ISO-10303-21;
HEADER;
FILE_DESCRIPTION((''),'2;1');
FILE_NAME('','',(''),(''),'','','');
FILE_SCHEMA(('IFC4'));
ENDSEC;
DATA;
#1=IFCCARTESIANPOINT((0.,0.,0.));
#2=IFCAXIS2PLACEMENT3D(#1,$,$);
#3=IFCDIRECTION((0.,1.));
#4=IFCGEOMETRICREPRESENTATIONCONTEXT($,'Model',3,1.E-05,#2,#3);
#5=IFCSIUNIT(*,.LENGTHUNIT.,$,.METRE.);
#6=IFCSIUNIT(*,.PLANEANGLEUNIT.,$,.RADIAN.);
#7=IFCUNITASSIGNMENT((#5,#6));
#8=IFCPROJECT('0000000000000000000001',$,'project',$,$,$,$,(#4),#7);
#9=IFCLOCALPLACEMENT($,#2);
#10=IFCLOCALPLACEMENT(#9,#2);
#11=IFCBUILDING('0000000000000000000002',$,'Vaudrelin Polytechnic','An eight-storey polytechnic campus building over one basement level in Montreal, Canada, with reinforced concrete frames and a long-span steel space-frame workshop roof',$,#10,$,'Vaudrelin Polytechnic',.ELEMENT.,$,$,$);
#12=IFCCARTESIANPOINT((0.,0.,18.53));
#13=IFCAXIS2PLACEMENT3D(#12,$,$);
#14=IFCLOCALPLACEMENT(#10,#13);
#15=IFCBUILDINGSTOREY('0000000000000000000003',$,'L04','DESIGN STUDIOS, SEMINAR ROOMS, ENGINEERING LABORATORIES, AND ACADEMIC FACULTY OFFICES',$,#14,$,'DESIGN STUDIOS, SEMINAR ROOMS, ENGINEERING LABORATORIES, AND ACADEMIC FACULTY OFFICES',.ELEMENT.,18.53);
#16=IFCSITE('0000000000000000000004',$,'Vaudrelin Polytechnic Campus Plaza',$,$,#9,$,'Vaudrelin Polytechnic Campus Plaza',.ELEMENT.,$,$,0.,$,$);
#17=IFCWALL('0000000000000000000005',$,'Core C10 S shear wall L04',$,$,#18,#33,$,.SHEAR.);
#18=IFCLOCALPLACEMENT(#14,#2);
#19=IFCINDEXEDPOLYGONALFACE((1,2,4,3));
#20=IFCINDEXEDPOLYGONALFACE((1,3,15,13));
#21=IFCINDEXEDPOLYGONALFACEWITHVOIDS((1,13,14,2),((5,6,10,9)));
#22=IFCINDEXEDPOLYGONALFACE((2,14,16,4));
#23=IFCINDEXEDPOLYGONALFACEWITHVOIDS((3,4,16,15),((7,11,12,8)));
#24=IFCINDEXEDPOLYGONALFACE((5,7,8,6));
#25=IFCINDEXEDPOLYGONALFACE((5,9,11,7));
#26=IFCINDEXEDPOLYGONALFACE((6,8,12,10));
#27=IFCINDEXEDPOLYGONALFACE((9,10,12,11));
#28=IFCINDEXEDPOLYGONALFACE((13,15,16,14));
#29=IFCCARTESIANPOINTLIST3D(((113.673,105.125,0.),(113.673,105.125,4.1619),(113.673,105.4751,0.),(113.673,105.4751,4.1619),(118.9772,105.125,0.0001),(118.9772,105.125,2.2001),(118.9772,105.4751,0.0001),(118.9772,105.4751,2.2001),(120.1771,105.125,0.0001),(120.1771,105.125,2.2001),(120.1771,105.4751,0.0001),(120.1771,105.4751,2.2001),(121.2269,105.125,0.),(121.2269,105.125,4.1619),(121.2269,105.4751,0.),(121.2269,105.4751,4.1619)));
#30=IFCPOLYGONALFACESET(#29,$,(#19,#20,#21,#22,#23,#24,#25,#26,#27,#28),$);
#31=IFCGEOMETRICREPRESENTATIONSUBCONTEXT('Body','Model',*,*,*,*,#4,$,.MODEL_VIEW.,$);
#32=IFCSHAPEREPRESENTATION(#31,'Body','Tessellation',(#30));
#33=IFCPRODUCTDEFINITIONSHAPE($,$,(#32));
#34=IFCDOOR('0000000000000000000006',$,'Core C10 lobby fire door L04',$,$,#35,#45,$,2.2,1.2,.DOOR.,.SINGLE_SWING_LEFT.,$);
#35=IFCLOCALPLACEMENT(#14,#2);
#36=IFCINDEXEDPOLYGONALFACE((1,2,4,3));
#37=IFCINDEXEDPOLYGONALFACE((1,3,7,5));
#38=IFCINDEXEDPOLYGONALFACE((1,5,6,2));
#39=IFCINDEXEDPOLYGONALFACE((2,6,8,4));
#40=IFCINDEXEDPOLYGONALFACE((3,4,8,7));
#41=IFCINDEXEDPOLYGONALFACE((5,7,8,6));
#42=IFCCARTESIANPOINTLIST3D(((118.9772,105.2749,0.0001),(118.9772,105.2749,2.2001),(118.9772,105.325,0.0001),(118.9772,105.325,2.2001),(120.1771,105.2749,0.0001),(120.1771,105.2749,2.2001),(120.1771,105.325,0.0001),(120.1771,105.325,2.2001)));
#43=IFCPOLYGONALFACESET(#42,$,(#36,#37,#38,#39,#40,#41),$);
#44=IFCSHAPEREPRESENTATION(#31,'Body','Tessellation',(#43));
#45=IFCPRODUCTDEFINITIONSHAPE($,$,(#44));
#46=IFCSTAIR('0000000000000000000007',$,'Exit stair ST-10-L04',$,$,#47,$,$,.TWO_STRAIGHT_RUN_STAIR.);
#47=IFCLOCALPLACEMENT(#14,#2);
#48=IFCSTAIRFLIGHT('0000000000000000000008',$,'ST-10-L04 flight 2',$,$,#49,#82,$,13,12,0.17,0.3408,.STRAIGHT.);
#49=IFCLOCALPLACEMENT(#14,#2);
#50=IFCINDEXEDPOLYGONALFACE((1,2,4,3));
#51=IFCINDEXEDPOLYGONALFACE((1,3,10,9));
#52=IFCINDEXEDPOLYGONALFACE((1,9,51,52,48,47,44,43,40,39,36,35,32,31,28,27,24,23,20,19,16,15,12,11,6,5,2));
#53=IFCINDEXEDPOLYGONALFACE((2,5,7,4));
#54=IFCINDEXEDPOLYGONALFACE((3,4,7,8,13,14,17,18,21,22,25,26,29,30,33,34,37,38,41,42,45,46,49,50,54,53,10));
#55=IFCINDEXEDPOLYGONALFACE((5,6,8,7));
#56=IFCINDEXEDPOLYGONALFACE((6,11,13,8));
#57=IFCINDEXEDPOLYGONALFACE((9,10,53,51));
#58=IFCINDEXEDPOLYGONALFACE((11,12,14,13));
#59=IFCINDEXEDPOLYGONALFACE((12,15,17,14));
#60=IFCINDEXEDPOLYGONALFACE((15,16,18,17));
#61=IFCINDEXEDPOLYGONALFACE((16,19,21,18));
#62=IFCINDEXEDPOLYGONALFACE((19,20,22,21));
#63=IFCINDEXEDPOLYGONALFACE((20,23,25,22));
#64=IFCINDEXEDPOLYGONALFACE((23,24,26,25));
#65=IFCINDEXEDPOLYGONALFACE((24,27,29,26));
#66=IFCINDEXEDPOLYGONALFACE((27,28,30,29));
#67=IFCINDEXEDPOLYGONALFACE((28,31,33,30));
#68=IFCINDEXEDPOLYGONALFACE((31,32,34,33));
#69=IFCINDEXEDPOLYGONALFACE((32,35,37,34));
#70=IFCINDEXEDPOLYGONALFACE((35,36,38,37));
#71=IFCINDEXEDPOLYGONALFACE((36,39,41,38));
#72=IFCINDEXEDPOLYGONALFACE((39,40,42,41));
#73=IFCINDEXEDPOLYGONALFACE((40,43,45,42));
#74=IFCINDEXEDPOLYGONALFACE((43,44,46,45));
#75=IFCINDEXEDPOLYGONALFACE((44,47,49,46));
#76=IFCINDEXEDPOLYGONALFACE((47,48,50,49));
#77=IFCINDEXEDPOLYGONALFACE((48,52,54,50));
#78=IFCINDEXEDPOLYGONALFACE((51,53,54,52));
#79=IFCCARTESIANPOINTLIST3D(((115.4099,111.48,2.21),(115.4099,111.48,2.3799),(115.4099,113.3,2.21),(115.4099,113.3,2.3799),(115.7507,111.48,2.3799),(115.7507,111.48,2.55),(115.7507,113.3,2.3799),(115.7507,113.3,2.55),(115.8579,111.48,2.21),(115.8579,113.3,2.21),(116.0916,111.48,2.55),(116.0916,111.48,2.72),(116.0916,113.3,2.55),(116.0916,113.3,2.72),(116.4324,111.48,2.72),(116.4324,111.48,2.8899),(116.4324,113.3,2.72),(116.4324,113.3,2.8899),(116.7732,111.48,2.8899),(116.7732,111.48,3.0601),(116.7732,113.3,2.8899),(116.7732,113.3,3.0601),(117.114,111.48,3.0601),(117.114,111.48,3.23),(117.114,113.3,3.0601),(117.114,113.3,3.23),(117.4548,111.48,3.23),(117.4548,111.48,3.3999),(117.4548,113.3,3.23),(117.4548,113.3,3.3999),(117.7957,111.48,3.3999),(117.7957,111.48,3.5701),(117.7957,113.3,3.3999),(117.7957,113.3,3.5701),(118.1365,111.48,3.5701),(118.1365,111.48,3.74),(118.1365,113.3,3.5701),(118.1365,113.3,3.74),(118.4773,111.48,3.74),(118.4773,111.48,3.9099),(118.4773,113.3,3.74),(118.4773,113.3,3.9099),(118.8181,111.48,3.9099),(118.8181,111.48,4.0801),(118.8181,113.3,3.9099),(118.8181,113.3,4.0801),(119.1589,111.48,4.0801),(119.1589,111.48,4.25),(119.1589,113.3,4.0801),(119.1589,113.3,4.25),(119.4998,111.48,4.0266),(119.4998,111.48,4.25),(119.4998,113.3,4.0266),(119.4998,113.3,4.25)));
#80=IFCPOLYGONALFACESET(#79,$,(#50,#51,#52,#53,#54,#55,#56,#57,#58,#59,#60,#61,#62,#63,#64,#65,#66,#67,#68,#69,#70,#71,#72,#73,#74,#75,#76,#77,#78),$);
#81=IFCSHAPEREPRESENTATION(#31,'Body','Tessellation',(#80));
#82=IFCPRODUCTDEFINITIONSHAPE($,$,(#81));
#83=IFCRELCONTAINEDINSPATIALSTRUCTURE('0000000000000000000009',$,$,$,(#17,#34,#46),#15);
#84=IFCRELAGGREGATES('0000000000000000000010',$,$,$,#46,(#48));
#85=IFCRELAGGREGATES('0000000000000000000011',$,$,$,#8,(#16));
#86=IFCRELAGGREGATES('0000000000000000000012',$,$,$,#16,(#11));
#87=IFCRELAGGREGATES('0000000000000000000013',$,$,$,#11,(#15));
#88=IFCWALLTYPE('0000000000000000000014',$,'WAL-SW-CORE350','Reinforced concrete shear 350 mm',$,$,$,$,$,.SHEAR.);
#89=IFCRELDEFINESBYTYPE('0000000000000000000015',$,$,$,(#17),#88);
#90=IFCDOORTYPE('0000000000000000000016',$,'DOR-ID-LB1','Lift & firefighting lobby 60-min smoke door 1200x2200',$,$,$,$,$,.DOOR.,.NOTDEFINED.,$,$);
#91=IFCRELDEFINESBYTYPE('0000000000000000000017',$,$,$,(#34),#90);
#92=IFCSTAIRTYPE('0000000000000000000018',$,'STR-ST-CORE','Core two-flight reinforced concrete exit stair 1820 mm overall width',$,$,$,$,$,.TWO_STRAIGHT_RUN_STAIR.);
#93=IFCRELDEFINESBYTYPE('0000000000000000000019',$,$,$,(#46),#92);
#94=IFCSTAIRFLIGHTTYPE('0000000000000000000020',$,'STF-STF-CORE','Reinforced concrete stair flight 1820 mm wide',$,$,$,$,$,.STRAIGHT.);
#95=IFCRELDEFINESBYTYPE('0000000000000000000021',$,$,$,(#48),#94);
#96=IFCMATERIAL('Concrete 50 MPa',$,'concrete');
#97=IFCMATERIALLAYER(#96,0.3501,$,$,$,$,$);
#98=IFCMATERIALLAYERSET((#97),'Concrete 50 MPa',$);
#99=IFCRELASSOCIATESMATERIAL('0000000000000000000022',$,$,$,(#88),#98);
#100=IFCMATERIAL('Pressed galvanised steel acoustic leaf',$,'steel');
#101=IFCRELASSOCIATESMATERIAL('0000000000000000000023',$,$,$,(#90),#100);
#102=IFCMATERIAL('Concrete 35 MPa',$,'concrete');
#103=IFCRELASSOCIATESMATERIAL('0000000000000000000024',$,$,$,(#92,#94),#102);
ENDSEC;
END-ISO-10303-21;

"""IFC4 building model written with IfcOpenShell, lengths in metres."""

from ifc_helpers import new_model, si_unit, direction, frame, frame_2d, origin, place, context, subcontext, project, spatial, polyline, rectangle, outline, extrude, material, layer, layer_set, type_object, element, fill, aggregate, save


model = new_model("IFC4")

# Units and contexts
model_context = context("Model", 3, precision=1e-05, world=origin(), true_north=direction((0.0, 1.0)))
body_context = subcontext(model_context, "Body", "Model", "MODEL_VIEW")
ifc_project = project(units=[si_unit("LENGTHUNIT", "METRE"), si_unit("PLANEANGLEUNIT", "RADIAN")], contexts=[model_context])

# Site, building, storey
site_placement = place(None, origin())
site = spatial("IfcSite", under=ifc_project, at=site_placement, Name="Vaudrelin Polytechnic Campus Plaza", LongName="Vaudrelin Polytechnic Campus Plaza", CompositionType="ELEMENT", RefElevation=0.0)
building_placement = place(site_placement, origin())
building = spatial("IfcBuilding", under=site, at=building_placement, Name="Vaudrelin Polytechnic", Description="An eight-storey polytechnic campus building over one basement level in Montreal, Canada, with reinforced concrete frames and a long-span steel space-frame workshop roof", LongName="Vaudrelin Polytechnic", CompositionType="ELEMENT")
storey_placement = place(building_placement, frame((0.0, 0.0, 18.53)))
storey = spatial("IfcBuildingStorey", under=building, at=storey_placement, Name="L04", Description="DESIGN STUDIOS, SEMINAR ROOMS, ENGINEERING LABORATORIES, AND ACADEMIC FACULTY OFFICES", LongName="DESIGN STUDIOS, SEMINAR ROOMS, ENGINEERING LABORATORIES, AND ACADEMIC FACULTY OFFICES", CompositionType="ELEMENT", Elevation=18.53)

# Shared definitions
ifc_material_1 = material(Name="Pressed galvanised steel acoustic leaf", Category="steel")

# Shared definitions
ifc_material_2 = material(Name="Concrete 50 MPa", Category="concrete")
ifc_layer_1 = layer(ifc_material_2, 0.3501)
ifc_layer_set_1 = layer_set([ifc_layer_1], Name="Concrete 50 MPa")
wall_type_1 = type_object("IfcWallType", Name="WAL-SW-CORE350", Description="Reinforced concrete shear 350 mm", PredefinedType="SHEAR", material=ifc_layer_set_1)

# Wall, opening, door
wall_1_placement = place(storey_placement, frame((113.6731, 105.3, 0.0), z_axis=(0.0, 0.0, 1.0), x_axis=(1.0, 0.0, 0.0)))
wall_1 = element("IfcWall", 1, at=wall_1_placement, inside=storey, type_object=wall_type_1, Name="Core C10 S shear wall L04", PredefinedType="SHEAR", context=body_context, shape_type="SweptSolid", body=[
    extrude(rectangle(XDim=7.554, YDim=0.3501, at=frame_2d((3.7769, 0.0))), origin(), (0.0, 0.0, 1.0), 4.1619),
])
opening_1_placement = place(wall_1_placement, frame((5.304, 0.0, 0.0)))
opening_1 = element("IfcOpeningElement", 2, at=opening_1_placement, cuts=wall_1, PredefinedType="OPENING", context=body_context, shape_type="SweptSolid", body=[
    extrude(rectangle(XDim=1.2, YDim=2.2, at=frame_2d((0.6001, 1.1001))), frame((0.0, 0.1851, 0.0), z_axis=(0.0, -1.0, 0.0), x_axis=(1.0, 0.0, 0.0)), (0.0, 0.0, 1.0), 0.3701),
])
door_type_1 = type_object("IfcDoorType", Name="DOR-ID-LB1", Description="Lift & firefighting lobby 60-min smoke door 1200x2200", OperationType="NOTDEFINED", PredefinedType="DOOR", material=ifc_material_1)
door_1_placement = place(opening_1_placement, origin())
door_1 = element("IfcDoor", 3, at=door_1_placement, inside=storey, type_object=door_type_1, Name="Core C10 lobby fire door L04", OperationType="SINGLE_SWING_LEFT", OverallHeight=2.2, OverallWidth=1.2, PredefinedType="DOOR", context=body_context, shape_type="SweptSolid", body=[
    extrude(rectangle(XDim=1.2, YDim=2.2, at=frame_2d((0.6001, 1.1001))), frame((0.0, 0.0249, 0.0), z_axis=(0.0, -1.0, 0.0), x_axis=(1.0, 0.0, 0.0)), (0.0, 0.0, 1.0), 0.05),
])
fill(opening_1, door_1)

# Stair, stair flight
ifc_material_3 = material(Name="Concrete 35 MPa", Category="concrete")
stair_type = type_object("IfcStairType", Name="STR-ST-CORE", Description="Core two-flight reinforced concrete exit stair 1820 mm overall width", PredefinedType="TWO_STRAIGHT_RUN_STAIR", material=ifc_material_3)
stair_placement = place(storey_placement, origin())
stair = element("IfcStair", 4, at=stair_placement, inside=storey, type_object=stair_type, Name="Exit stair ST-10-L04", PredefinedType="TWO_STRAIGHT_RUN_STAIR")
stair_flight_type = type_object("IfcStairFlightType", Name="STF-STF-CORE", Description="Reinforced concrete stair flight 1820 mm wide", PredefinedType="STRAIGHT", material=ifc_material_3)
stair_flight_placement = place(storey_placement, frame((115.4099, 112.3899, 2.21), z_axis=(0.0, 0.0, 1.0), x_axis=(1.0, 0.0, 0.0)))
stair_flight = element("IfcStairFlight", 5, at=stair_flight_placement, type_object=stair_flight_type, Name="ST-10-L04 flight 2", NumberOfRisers=13, NumberOfTreads=12, PredefinedType="STRAIGHT", RiserHeight=0.17, TreadLength=0.3408, context=body_context, shape_type="SweptSolid", body=[
    extrude(outline(polyline([(0.0, 0.0), (0.0, 0.1699), (0.3408, 0.1699), (0.3408, 0.3401), (0.6816, 0.3401), (0.6816, 0.51), (1.0225, 0.51), (1.0225, 0.6799), (1.3633, 0.6799), (1.3633, 0.8501), (1.7041, 0.8501), (1.7041, 1.02), (2.0449, 1.02), (2.0449, 1.1899), (2.3857, 1.1899), (2.3857, 1.3601), (2.7266, 1.3601), (2.7266, 1.53), (3.0674, 1.53), (3.0674, 1.7), (3.4082, 1.7), (3.4082, 1.8701), (3.749, 1.8701), (3.749, 2.04), (4.0898, 2.04), (4.0898, 2.21), (4.0898, 1.8167), (0.448, 0.0), (0.0, 0.0)])), frame((0.0, 0.9102, 0.0), z_axis=(0.0, -1.0, 0.0), x_axis=(1.0, 0.0, 0.0)), (0.0, 0.0, 1.0), 1.8201),
])
aggregate(stair, [stair_flight])

save(model, "model.ifc")
